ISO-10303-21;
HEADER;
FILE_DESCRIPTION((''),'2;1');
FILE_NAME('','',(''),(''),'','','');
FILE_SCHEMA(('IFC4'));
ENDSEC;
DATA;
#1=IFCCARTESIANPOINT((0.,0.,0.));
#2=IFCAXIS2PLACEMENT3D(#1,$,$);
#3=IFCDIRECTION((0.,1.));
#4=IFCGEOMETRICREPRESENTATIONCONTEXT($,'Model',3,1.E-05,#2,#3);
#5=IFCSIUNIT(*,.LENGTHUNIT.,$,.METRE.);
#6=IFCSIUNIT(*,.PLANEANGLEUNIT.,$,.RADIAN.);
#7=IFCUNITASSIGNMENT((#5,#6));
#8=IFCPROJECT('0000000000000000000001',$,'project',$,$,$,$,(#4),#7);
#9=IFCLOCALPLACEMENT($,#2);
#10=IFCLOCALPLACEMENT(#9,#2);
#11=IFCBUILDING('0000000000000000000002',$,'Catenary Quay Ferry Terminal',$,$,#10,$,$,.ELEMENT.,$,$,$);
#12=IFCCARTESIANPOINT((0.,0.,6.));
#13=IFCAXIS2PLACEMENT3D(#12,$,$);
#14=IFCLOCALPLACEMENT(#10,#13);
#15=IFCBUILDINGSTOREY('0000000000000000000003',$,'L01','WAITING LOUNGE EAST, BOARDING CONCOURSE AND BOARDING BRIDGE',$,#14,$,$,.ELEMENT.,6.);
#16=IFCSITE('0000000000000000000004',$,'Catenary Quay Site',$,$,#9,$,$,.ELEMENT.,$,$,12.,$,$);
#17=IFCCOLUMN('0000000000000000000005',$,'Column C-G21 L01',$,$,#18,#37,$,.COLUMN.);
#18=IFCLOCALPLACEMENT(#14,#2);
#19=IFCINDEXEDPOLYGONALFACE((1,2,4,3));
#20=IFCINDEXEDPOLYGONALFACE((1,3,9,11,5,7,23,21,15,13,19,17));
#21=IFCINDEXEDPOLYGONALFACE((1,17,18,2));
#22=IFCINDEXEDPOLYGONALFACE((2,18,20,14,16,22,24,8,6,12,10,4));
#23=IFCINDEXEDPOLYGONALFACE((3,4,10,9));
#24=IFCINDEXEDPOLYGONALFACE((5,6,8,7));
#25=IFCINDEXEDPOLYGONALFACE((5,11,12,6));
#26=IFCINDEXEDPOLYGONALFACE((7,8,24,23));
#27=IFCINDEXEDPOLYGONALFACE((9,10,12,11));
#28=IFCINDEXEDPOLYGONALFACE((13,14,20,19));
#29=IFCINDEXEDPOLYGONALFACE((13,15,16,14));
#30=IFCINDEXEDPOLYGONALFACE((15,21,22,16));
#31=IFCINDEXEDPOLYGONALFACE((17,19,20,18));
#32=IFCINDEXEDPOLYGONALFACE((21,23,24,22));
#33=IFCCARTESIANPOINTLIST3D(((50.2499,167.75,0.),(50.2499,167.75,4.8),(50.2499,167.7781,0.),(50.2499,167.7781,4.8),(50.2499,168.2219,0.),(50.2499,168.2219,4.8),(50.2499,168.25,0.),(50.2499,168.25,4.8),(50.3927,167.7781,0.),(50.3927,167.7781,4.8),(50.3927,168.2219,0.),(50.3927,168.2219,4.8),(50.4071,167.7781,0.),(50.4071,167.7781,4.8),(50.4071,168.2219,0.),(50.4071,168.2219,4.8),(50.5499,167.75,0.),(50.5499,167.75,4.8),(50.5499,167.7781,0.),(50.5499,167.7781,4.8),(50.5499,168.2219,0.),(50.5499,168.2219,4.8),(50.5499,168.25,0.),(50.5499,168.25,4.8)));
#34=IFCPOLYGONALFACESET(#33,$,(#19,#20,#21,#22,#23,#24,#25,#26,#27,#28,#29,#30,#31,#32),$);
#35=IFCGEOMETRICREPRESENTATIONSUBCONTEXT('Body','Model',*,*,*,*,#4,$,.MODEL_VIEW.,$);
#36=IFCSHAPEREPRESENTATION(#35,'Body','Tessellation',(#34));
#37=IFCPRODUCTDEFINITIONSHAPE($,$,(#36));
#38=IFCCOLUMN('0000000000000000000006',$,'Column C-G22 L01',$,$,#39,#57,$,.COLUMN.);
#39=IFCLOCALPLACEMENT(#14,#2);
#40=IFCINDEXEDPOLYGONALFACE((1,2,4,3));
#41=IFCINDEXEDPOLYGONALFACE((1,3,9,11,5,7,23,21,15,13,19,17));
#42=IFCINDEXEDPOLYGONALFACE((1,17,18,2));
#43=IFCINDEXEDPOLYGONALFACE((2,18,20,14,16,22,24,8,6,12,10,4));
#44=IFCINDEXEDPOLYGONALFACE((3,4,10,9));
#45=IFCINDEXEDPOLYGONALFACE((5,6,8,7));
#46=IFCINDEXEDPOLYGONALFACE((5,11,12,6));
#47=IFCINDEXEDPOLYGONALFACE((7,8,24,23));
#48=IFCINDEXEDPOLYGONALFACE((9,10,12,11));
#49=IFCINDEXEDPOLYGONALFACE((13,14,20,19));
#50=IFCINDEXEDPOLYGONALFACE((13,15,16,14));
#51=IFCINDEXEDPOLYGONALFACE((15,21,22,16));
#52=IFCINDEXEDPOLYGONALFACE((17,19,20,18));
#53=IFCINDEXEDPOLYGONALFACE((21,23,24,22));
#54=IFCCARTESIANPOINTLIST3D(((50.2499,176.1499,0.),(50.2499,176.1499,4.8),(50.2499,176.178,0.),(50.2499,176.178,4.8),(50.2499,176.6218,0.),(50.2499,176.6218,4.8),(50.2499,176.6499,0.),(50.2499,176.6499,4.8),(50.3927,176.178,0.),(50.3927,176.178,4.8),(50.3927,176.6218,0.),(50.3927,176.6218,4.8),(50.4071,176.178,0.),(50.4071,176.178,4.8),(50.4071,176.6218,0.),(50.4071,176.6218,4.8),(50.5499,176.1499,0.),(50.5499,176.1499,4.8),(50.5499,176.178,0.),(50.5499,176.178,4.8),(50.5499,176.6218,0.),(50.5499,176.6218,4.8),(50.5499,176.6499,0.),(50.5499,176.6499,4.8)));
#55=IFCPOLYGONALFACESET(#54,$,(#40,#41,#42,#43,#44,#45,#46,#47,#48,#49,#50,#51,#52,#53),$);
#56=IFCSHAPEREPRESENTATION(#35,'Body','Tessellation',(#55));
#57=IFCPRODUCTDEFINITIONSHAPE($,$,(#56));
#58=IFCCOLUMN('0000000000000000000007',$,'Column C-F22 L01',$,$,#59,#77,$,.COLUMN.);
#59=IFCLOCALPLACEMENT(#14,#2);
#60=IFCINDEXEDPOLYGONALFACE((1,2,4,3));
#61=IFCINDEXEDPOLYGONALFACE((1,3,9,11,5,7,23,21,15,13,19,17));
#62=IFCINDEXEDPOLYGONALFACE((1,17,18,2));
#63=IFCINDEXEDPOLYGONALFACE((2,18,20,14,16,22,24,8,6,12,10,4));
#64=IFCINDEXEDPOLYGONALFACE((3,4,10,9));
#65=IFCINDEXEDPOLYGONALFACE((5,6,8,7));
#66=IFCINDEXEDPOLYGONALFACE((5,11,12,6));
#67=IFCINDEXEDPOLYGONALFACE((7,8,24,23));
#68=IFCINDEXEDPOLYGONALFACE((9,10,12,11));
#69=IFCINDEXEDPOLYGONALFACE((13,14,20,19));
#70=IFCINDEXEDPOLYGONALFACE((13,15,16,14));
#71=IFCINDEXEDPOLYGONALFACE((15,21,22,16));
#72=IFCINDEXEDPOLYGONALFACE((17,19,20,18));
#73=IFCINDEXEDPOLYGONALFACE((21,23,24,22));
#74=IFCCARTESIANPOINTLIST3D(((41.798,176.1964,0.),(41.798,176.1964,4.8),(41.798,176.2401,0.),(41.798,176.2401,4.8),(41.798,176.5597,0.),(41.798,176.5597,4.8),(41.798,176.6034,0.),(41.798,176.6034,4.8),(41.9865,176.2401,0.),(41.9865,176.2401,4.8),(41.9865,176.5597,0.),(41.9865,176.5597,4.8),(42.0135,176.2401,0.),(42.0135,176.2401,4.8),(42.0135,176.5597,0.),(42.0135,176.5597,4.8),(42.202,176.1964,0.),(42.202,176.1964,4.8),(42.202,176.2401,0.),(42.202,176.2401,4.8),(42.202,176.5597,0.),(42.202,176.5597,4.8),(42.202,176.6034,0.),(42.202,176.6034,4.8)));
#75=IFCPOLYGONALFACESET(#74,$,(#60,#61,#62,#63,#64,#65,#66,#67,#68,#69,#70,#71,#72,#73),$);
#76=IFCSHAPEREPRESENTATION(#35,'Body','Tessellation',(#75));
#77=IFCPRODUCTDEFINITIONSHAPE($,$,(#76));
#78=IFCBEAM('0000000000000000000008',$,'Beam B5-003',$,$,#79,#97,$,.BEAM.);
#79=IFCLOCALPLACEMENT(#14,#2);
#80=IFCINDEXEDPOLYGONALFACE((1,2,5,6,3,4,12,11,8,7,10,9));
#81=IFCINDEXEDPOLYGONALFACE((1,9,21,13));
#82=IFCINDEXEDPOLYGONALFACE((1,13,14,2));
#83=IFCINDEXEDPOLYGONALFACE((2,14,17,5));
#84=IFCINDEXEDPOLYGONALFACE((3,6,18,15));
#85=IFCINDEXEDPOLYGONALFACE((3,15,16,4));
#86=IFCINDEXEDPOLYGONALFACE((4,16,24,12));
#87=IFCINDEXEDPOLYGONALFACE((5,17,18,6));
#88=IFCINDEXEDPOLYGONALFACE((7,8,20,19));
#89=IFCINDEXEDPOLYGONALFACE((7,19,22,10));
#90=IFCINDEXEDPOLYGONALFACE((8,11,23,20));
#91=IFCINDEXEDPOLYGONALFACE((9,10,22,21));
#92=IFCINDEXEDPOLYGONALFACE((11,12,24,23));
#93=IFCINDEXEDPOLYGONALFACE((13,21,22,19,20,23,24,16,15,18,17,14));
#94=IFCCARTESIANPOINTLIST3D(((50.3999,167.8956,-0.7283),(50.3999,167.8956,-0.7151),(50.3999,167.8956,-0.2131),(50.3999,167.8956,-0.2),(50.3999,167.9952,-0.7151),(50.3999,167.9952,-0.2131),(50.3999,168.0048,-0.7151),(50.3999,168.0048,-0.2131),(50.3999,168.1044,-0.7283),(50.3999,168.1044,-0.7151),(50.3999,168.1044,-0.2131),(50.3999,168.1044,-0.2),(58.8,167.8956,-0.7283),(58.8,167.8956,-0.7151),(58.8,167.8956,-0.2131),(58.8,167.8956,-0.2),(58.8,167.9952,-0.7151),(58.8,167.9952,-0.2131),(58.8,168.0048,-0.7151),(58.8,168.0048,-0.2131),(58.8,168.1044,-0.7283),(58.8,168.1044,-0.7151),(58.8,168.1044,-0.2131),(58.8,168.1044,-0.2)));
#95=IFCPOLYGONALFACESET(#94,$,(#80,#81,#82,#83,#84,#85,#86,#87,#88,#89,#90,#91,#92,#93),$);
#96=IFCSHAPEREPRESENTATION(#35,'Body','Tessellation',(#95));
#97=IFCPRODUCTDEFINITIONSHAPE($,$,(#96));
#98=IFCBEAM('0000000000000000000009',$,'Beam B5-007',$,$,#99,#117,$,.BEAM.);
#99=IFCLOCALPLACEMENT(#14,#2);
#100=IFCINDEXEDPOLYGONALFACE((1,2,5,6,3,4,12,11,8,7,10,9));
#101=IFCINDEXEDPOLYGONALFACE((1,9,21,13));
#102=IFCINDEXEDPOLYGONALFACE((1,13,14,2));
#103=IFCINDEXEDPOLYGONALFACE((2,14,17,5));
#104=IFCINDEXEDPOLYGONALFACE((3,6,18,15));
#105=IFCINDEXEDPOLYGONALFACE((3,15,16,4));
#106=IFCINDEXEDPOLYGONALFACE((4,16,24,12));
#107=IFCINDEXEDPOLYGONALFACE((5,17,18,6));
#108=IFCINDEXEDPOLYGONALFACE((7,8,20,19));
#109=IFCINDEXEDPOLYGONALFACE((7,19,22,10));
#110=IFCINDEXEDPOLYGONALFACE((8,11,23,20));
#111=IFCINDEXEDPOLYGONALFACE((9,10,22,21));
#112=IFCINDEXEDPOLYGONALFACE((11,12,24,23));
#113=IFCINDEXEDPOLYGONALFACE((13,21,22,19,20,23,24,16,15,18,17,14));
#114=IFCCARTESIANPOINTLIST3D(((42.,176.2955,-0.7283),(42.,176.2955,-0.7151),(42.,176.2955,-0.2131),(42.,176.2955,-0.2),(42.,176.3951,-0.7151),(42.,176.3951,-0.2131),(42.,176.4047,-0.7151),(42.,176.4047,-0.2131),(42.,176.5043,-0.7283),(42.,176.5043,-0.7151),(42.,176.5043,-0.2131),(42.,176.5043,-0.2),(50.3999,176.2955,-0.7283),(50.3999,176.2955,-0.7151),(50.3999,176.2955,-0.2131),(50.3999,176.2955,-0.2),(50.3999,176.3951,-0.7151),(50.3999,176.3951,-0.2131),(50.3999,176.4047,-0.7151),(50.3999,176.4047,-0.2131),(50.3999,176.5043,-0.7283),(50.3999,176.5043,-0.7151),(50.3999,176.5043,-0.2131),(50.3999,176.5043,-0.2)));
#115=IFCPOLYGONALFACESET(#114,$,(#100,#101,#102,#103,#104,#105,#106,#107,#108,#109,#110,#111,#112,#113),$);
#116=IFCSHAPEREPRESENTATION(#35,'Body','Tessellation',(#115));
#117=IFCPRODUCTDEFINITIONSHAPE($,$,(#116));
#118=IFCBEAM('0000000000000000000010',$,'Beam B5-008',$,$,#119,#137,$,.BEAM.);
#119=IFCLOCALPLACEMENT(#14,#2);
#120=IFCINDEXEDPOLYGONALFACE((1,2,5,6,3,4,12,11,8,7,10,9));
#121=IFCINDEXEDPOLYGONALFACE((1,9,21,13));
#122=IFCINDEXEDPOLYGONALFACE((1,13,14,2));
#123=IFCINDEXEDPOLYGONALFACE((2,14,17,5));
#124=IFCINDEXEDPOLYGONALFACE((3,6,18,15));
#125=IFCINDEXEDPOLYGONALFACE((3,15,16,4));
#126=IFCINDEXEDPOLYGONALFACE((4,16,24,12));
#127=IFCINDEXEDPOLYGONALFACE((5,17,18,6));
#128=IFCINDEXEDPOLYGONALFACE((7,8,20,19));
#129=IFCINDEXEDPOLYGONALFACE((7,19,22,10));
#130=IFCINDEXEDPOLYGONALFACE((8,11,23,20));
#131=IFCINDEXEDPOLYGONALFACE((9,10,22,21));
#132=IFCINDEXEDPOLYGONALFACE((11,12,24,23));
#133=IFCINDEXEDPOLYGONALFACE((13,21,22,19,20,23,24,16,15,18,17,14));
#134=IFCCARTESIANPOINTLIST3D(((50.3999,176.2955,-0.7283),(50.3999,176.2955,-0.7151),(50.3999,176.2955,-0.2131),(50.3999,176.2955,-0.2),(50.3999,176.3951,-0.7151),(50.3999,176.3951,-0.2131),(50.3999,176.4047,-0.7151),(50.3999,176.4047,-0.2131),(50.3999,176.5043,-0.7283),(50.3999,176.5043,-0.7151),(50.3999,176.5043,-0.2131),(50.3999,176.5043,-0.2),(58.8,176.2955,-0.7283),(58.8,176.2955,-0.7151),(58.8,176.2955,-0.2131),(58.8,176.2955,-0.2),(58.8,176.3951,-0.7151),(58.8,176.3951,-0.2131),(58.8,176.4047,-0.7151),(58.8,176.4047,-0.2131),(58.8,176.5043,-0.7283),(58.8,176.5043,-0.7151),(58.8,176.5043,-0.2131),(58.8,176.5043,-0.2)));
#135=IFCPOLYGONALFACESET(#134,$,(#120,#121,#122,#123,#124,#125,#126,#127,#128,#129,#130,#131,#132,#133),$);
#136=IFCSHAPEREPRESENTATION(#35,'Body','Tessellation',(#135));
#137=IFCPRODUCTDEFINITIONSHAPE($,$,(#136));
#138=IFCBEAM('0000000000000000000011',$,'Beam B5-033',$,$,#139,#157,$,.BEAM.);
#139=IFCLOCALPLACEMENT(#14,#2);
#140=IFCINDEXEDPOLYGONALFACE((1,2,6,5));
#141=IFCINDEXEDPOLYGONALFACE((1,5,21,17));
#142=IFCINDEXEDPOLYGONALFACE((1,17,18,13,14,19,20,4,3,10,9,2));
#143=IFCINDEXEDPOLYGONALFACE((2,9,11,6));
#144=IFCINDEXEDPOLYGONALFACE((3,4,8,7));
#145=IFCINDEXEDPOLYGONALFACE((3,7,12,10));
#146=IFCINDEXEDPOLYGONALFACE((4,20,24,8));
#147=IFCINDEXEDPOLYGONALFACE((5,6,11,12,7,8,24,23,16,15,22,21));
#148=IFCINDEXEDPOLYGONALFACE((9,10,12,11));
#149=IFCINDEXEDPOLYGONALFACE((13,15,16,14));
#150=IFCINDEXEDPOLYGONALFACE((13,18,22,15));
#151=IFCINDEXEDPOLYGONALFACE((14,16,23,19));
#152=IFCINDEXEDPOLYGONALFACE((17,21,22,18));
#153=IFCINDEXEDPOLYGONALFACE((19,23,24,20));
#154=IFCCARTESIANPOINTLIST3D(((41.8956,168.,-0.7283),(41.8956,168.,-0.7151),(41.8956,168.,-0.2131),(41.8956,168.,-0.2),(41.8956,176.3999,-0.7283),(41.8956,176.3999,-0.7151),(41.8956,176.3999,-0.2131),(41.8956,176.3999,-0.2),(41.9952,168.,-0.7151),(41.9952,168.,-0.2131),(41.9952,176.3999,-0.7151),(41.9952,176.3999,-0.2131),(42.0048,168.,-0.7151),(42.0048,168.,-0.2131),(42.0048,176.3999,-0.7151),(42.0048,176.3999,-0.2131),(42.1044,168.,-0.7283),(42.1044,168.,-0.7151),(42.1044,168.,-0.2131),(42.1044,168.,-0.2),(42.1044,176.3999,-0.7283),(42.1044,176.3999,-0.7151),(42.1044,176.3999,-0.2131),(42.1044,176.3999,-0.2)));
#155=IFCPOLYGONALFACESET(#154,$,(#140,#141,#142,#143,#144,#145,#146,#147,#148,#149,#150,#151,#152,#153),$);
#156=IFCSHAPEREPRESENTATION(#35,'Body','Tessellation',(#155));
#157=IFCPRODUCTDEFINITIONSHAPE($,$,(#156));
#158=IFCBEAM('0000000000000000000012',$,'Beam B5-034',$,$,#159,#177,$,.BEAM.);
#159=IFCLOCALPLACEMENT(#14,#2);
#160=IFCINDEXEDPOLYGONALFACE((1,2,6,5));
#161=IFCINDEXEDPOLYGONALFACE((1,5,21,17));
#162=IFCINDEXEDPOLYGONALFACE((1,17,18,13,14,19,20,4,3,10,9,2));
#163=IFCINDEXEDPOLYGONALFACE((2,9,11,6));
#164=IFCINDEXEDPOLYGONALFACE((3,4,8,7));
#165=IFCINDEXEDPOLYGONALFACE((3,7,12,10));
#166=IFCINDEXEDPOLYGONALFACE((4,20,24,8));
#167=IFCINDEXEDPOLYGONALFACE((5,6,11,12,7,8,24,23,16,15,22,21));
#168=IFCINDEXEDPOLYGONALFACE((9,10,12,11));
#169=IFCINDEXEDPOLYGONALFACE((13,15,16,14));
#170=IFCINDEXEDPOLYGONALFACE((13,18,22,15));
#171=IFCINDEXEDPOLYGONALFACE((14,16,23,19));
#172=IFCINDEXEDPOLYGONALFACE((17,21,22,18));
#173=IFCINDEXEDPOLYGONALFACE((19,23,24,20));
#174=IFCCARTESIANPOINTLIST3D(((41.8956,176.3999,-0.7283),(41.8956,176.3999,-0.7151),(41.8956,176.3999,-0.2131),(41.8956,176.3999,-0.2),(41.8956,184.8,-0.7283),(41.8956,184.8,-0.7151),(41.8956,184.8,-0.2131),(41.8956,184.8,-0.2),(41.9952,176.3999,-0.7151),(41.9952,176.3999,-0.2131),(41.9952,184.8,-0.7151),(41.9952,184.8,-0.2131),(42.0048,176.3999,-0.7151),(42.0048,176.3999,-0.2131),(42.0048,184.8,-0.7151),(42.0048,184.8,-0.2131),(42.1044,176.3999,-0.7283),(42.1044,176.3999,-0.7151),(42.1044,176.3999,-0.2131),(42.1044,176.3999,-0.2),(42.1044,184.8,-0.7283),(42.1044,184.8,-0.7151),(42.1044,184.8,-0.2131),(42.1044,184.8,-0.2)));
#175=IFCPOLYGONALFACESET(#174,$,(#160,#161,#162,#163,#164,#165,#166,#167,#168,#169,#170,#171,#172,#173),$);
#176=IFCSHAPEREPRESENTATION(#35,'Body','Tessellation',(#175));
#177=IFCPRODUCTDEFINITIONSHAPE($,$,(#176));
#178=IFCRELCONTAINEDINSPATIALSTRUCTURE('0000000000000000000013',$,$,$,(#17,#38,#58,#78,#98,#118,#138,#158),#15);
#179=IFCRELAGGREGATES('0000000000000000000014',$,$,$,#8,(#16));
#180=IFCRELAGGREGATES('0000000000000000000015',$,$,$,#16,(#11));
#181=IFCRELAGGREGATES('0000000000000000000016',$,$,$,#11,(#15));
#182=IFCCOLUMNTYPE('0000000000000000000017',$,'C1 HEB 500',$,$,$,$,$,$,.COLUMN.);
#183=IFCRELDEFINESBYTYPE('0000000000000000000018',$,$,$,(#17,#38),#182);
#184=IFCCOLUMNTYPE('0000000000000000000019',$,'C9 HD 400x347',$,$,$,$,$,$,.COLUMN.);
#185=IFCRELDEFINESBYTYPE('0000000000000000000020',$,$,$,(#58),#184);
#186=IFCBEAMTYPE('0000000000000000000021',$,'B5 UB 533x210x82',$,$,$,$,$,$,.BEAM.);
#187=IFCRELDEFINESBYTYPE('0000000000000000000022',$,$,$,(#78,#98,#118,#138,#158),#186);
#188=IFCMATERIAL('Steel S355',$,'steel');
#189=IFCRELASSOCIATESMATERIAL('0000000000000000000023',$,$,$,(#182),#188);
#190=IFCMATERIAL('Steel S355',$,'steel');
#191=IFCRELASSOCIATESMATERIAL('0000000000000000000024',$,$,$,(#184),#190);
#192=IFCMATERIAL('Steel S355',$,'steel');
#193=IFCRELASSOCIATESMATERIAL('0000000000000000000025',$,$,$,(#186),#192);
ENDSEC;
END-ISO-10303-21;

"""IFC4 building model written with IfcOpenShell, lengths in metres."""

from ifc_helpers import new_model, si_unit, direction, frame, origin, origin_2d, place, context, subcontext, project, spatial, i_section, extrude, material, material_profile, profile_set, type_object, element, save


model = new_model("IFC4")

# Units and contexts
model_context = context("Model", 3, precision=1e-05, world=origin(), true_north=direction((0.0, 1.0)))
body_context = subcontext(model_context, "Body", "Model", "MODEL_VIEW")
ifc_project = project(units=[si_unit("LENGTHUNIT", "METRE"), si_unit("PLANEANGLEUNIT", "RADIAN")], contexts=[model_context])

# Site, building, storey
site_placement = place(None, origin())
site = spatial("IfcSite", under=ifc_project, at=site_placement, Name="Catenary Quay Site", CompositionType="ELEMENT", RefElevation=12.0)
building_placement = place(site_placement, origin())
building = spatial("IfcBuilding", under=site, at=building_placement, Name="Catenary Quay Ferry Terminal", CompositionType="ELEMENT")
storey_placement = place(building_placement, frame((0.0, 0.0, 6.0)))
storey = spatial("IfcBuildingStorey", under=building, at=storey_placement, Name="L01", Description="WAITING LOUNGE EAST, BOARDING CONCOURSE AND BOARDING BRIDGE", CompositionType="ELEMENT", Elevation=6.0)

# Columns
ifc_material_1 = material(Name="Steel S355", Category="steel")
ifc_material_profile_1 = material_profile(ifc_material_1, i_section(OverallWidth=0.3, OverallDepth=0.5, WebThickness=0.0144, FlangeThickness=0.0281, at=origin_2d()), Name="HEB 500")
ifc_profile_set_1 = profile_set([ifc_material_profile_1], Name="Steel S355")
column_type_1 = type_object("IfcColumnType", Name="C1 HEB 500", PredefinedType="COLUMN", material=ifc_profile_set_1)
for number, where, z_axis, x_axis, name in (
    (1, (50.3999, 168.0, 0.0), (0.0, 0.0, 1.0), (1.0, 0.0, 0.0), "Column C-G21 L01"),
    (2, (50.3999, 176.3999, 0.0), (0.0, 0.0, 1.0), (1.0, 0.0, 0.0), "Column C-G22 L01"),
):
    element("IfcColumn", number, at=place(storey_placement, frame(where, z_axis=z_axis, x_axis=x_axis)), inside=storey, type_object=column_type_1, Name=name, PredefinedType="COLUMN", context=body_context, shape_type="SweptSolid", body=[
        extrude(i_section(OverallWidth=0.3, OverallDepth=0.5, WebThickness=0.0144, FlangeThickness=0.0281, at=origin_2d()), origin(), (0.0, 0.0, 1.0), 4.8),
    ])
ifc_material_2 = material(Name="Steel S355", Category="steel")
ifc_material_profile_2 = material_profile(ifc_material_2, i_section(OverallWidth=0.4041, OverallDepth=0.407, WebThickness=0.0271, FlangeThickness=0.0437, at=origin_2d()), Name="HD 400x347")
ifc_profile_set_2 = profile_set([ifc_material_profile_2], Name="Steel S355")
column_type_2 = type_object("IfcColumnType", Name="C9 HD 400x347", PredefinedType="COLUMN", material=ifc_profile_set_2)
column_placement = place(storey_placement, frame((42.0, 176.3999, 0.0), z_axis=(0.0, 0.0, 1.0), x_axis=(1.0, 0.0, 0.0)))
element("IfcColumn", 3, at=column_placement, inside=storey, type_object=column_type_2, Name="Column C-F22 L01", PredefinedType="COLUMN", context=body_context, shape_type="SweptSolid", body=[
    extrude(i_section(OverallWidth=0.4041, OverallDepth=0.407, WebThickness=0.0271, FlangeThickness=0.0437, at=origin_2d()), origin(), (0.0, 0.0, 1.0), 4.8),
])

# Beams
ifc_material_3 = material(Name="Steel S355", Category="steel")
ifc_material_profile_3 = material_profile(ifc_material_3, i_section(OverallWidth=0.2087, OverallDepth=0.5283, WebThickness=0.0095, FlangeThickness=0.0132, at=origin_2d()), Name="UB 533x210x82")
ifc_profile_set_3 = profile_set([ifc_material_profile_3], Name="Steel S355")
beam_type_1 = type_object("IfcBeamType", Name="B5 UB 533x210x82", PredefinedType="BEAM", material=ifc_profile_set_3)
beam_1_placement = place(storey_placement, frame((50.3999, 168.0, -0.4641), z_axis=(1.0, 0.0, 0.0), x_axis=(0.0, 1.0, 0.0)))
element("IfcBeam", 4, at=beam_1_placement, inside=storey, type_object=beam_type_1, Name="Beam B5-003", PredefinedType="BEAM", context=body_context, shape_type="SweptSolid", body=[
    extrude(i_section(OverallWidth=0.2087, OverallDepth=0.5283, WebThickness=0.0095, FlangeThickness=0.0132, at=origin_2d()), origin(), (0.0, 0.0, 1.0), 8.4001),
])
beam_2_placement = place(storey_placement, frame((42.0, 176.3999, -0.4641), z_axis=(1.0, 0.0, 0.0), x_axis=(0.0, 1.0, 0.0)))
element("IfcBeam", 5, at=beam_2_placement, inside=storey, type_object=beam_type_1, Name="Beam B5-007", PredefinedType="BEAM", context=body_context, shape_type="SweptSolid", body=[
    extrude(i_section(OverallWidth=0.2087, OverallDepth=0.5283, WebThickness=0.0095, FlangeThickness=0.0132, at=origin_2d()), origin(), (0.0, 0.0, 1.0), 8.3999),
])
beam_3_placement = place(storey_placement, frame((50.3999, 176.3999, -0.4641), z_axis=(1.0, 0.0, 0.0), x_axis=(0.0, 1.0, 0.0)))
element("IfcBeam", 6, at=beam_3_placement, inside=storey, type_object=beam_type_1, Name="Beam B5-008", PredefinedType="BEAM", context=body_context, shape_type="SweptSolid", body=[
    extrude(i_section(OverallWidth=0.2087, OverallDepth=0.5283, WebThickness=0.0095, FlangeThickness=0.0132, at=origin_2d()), origin(), (0.0, 0.0, 1.0), 8.4001),
])
beam_4_placement = place(storey_placement, frame((42.0, 168.0, -0.4641), z_axis=(0.0, 1.0, 0.0), x_axis=(-1.0, 0.0, 0.0)))
element("IfcBeam", 7, at=beam_4_placement, inside=storey, type_object=beam_type_1, Name="Beam B5-033", PredefinedType="BEAM", context=body_context, shape_type="SweptSolid", body=[
    extrude(i_section(OverallWidth=0.2087, OverallDepth=0.5283, WebThickness=0.0095, FlangeThickness=0.0132, at=origin_2d()), origin(), (0.0, 0.0, 1.0), 8.3999),
])
beam_5_placement = place(storey_placement, frame((42.0, 176.3999, -0.4641), z_axis=(0.0, 1.0, 0.0), x_axis=(-1.0, 0.0, 0.0)))
element("IfcBeam", 8, at=beam_5_placement, inside=storey, type_object=beam_type_1, Name="Beam B5-034", PredefinedType="BEAM", context=body_context, shape_type="SweptSolid", body=[
    extrude(i_section(OverallWidth=0.2087, OverallDepth=0.5283, WebThickness=0.0095, FlangeThickness=0.0132, at=origin_2d()), origin(), (0.0, 0.0, 1.0), 8.4001),
])

save(model, "model.ifc")
